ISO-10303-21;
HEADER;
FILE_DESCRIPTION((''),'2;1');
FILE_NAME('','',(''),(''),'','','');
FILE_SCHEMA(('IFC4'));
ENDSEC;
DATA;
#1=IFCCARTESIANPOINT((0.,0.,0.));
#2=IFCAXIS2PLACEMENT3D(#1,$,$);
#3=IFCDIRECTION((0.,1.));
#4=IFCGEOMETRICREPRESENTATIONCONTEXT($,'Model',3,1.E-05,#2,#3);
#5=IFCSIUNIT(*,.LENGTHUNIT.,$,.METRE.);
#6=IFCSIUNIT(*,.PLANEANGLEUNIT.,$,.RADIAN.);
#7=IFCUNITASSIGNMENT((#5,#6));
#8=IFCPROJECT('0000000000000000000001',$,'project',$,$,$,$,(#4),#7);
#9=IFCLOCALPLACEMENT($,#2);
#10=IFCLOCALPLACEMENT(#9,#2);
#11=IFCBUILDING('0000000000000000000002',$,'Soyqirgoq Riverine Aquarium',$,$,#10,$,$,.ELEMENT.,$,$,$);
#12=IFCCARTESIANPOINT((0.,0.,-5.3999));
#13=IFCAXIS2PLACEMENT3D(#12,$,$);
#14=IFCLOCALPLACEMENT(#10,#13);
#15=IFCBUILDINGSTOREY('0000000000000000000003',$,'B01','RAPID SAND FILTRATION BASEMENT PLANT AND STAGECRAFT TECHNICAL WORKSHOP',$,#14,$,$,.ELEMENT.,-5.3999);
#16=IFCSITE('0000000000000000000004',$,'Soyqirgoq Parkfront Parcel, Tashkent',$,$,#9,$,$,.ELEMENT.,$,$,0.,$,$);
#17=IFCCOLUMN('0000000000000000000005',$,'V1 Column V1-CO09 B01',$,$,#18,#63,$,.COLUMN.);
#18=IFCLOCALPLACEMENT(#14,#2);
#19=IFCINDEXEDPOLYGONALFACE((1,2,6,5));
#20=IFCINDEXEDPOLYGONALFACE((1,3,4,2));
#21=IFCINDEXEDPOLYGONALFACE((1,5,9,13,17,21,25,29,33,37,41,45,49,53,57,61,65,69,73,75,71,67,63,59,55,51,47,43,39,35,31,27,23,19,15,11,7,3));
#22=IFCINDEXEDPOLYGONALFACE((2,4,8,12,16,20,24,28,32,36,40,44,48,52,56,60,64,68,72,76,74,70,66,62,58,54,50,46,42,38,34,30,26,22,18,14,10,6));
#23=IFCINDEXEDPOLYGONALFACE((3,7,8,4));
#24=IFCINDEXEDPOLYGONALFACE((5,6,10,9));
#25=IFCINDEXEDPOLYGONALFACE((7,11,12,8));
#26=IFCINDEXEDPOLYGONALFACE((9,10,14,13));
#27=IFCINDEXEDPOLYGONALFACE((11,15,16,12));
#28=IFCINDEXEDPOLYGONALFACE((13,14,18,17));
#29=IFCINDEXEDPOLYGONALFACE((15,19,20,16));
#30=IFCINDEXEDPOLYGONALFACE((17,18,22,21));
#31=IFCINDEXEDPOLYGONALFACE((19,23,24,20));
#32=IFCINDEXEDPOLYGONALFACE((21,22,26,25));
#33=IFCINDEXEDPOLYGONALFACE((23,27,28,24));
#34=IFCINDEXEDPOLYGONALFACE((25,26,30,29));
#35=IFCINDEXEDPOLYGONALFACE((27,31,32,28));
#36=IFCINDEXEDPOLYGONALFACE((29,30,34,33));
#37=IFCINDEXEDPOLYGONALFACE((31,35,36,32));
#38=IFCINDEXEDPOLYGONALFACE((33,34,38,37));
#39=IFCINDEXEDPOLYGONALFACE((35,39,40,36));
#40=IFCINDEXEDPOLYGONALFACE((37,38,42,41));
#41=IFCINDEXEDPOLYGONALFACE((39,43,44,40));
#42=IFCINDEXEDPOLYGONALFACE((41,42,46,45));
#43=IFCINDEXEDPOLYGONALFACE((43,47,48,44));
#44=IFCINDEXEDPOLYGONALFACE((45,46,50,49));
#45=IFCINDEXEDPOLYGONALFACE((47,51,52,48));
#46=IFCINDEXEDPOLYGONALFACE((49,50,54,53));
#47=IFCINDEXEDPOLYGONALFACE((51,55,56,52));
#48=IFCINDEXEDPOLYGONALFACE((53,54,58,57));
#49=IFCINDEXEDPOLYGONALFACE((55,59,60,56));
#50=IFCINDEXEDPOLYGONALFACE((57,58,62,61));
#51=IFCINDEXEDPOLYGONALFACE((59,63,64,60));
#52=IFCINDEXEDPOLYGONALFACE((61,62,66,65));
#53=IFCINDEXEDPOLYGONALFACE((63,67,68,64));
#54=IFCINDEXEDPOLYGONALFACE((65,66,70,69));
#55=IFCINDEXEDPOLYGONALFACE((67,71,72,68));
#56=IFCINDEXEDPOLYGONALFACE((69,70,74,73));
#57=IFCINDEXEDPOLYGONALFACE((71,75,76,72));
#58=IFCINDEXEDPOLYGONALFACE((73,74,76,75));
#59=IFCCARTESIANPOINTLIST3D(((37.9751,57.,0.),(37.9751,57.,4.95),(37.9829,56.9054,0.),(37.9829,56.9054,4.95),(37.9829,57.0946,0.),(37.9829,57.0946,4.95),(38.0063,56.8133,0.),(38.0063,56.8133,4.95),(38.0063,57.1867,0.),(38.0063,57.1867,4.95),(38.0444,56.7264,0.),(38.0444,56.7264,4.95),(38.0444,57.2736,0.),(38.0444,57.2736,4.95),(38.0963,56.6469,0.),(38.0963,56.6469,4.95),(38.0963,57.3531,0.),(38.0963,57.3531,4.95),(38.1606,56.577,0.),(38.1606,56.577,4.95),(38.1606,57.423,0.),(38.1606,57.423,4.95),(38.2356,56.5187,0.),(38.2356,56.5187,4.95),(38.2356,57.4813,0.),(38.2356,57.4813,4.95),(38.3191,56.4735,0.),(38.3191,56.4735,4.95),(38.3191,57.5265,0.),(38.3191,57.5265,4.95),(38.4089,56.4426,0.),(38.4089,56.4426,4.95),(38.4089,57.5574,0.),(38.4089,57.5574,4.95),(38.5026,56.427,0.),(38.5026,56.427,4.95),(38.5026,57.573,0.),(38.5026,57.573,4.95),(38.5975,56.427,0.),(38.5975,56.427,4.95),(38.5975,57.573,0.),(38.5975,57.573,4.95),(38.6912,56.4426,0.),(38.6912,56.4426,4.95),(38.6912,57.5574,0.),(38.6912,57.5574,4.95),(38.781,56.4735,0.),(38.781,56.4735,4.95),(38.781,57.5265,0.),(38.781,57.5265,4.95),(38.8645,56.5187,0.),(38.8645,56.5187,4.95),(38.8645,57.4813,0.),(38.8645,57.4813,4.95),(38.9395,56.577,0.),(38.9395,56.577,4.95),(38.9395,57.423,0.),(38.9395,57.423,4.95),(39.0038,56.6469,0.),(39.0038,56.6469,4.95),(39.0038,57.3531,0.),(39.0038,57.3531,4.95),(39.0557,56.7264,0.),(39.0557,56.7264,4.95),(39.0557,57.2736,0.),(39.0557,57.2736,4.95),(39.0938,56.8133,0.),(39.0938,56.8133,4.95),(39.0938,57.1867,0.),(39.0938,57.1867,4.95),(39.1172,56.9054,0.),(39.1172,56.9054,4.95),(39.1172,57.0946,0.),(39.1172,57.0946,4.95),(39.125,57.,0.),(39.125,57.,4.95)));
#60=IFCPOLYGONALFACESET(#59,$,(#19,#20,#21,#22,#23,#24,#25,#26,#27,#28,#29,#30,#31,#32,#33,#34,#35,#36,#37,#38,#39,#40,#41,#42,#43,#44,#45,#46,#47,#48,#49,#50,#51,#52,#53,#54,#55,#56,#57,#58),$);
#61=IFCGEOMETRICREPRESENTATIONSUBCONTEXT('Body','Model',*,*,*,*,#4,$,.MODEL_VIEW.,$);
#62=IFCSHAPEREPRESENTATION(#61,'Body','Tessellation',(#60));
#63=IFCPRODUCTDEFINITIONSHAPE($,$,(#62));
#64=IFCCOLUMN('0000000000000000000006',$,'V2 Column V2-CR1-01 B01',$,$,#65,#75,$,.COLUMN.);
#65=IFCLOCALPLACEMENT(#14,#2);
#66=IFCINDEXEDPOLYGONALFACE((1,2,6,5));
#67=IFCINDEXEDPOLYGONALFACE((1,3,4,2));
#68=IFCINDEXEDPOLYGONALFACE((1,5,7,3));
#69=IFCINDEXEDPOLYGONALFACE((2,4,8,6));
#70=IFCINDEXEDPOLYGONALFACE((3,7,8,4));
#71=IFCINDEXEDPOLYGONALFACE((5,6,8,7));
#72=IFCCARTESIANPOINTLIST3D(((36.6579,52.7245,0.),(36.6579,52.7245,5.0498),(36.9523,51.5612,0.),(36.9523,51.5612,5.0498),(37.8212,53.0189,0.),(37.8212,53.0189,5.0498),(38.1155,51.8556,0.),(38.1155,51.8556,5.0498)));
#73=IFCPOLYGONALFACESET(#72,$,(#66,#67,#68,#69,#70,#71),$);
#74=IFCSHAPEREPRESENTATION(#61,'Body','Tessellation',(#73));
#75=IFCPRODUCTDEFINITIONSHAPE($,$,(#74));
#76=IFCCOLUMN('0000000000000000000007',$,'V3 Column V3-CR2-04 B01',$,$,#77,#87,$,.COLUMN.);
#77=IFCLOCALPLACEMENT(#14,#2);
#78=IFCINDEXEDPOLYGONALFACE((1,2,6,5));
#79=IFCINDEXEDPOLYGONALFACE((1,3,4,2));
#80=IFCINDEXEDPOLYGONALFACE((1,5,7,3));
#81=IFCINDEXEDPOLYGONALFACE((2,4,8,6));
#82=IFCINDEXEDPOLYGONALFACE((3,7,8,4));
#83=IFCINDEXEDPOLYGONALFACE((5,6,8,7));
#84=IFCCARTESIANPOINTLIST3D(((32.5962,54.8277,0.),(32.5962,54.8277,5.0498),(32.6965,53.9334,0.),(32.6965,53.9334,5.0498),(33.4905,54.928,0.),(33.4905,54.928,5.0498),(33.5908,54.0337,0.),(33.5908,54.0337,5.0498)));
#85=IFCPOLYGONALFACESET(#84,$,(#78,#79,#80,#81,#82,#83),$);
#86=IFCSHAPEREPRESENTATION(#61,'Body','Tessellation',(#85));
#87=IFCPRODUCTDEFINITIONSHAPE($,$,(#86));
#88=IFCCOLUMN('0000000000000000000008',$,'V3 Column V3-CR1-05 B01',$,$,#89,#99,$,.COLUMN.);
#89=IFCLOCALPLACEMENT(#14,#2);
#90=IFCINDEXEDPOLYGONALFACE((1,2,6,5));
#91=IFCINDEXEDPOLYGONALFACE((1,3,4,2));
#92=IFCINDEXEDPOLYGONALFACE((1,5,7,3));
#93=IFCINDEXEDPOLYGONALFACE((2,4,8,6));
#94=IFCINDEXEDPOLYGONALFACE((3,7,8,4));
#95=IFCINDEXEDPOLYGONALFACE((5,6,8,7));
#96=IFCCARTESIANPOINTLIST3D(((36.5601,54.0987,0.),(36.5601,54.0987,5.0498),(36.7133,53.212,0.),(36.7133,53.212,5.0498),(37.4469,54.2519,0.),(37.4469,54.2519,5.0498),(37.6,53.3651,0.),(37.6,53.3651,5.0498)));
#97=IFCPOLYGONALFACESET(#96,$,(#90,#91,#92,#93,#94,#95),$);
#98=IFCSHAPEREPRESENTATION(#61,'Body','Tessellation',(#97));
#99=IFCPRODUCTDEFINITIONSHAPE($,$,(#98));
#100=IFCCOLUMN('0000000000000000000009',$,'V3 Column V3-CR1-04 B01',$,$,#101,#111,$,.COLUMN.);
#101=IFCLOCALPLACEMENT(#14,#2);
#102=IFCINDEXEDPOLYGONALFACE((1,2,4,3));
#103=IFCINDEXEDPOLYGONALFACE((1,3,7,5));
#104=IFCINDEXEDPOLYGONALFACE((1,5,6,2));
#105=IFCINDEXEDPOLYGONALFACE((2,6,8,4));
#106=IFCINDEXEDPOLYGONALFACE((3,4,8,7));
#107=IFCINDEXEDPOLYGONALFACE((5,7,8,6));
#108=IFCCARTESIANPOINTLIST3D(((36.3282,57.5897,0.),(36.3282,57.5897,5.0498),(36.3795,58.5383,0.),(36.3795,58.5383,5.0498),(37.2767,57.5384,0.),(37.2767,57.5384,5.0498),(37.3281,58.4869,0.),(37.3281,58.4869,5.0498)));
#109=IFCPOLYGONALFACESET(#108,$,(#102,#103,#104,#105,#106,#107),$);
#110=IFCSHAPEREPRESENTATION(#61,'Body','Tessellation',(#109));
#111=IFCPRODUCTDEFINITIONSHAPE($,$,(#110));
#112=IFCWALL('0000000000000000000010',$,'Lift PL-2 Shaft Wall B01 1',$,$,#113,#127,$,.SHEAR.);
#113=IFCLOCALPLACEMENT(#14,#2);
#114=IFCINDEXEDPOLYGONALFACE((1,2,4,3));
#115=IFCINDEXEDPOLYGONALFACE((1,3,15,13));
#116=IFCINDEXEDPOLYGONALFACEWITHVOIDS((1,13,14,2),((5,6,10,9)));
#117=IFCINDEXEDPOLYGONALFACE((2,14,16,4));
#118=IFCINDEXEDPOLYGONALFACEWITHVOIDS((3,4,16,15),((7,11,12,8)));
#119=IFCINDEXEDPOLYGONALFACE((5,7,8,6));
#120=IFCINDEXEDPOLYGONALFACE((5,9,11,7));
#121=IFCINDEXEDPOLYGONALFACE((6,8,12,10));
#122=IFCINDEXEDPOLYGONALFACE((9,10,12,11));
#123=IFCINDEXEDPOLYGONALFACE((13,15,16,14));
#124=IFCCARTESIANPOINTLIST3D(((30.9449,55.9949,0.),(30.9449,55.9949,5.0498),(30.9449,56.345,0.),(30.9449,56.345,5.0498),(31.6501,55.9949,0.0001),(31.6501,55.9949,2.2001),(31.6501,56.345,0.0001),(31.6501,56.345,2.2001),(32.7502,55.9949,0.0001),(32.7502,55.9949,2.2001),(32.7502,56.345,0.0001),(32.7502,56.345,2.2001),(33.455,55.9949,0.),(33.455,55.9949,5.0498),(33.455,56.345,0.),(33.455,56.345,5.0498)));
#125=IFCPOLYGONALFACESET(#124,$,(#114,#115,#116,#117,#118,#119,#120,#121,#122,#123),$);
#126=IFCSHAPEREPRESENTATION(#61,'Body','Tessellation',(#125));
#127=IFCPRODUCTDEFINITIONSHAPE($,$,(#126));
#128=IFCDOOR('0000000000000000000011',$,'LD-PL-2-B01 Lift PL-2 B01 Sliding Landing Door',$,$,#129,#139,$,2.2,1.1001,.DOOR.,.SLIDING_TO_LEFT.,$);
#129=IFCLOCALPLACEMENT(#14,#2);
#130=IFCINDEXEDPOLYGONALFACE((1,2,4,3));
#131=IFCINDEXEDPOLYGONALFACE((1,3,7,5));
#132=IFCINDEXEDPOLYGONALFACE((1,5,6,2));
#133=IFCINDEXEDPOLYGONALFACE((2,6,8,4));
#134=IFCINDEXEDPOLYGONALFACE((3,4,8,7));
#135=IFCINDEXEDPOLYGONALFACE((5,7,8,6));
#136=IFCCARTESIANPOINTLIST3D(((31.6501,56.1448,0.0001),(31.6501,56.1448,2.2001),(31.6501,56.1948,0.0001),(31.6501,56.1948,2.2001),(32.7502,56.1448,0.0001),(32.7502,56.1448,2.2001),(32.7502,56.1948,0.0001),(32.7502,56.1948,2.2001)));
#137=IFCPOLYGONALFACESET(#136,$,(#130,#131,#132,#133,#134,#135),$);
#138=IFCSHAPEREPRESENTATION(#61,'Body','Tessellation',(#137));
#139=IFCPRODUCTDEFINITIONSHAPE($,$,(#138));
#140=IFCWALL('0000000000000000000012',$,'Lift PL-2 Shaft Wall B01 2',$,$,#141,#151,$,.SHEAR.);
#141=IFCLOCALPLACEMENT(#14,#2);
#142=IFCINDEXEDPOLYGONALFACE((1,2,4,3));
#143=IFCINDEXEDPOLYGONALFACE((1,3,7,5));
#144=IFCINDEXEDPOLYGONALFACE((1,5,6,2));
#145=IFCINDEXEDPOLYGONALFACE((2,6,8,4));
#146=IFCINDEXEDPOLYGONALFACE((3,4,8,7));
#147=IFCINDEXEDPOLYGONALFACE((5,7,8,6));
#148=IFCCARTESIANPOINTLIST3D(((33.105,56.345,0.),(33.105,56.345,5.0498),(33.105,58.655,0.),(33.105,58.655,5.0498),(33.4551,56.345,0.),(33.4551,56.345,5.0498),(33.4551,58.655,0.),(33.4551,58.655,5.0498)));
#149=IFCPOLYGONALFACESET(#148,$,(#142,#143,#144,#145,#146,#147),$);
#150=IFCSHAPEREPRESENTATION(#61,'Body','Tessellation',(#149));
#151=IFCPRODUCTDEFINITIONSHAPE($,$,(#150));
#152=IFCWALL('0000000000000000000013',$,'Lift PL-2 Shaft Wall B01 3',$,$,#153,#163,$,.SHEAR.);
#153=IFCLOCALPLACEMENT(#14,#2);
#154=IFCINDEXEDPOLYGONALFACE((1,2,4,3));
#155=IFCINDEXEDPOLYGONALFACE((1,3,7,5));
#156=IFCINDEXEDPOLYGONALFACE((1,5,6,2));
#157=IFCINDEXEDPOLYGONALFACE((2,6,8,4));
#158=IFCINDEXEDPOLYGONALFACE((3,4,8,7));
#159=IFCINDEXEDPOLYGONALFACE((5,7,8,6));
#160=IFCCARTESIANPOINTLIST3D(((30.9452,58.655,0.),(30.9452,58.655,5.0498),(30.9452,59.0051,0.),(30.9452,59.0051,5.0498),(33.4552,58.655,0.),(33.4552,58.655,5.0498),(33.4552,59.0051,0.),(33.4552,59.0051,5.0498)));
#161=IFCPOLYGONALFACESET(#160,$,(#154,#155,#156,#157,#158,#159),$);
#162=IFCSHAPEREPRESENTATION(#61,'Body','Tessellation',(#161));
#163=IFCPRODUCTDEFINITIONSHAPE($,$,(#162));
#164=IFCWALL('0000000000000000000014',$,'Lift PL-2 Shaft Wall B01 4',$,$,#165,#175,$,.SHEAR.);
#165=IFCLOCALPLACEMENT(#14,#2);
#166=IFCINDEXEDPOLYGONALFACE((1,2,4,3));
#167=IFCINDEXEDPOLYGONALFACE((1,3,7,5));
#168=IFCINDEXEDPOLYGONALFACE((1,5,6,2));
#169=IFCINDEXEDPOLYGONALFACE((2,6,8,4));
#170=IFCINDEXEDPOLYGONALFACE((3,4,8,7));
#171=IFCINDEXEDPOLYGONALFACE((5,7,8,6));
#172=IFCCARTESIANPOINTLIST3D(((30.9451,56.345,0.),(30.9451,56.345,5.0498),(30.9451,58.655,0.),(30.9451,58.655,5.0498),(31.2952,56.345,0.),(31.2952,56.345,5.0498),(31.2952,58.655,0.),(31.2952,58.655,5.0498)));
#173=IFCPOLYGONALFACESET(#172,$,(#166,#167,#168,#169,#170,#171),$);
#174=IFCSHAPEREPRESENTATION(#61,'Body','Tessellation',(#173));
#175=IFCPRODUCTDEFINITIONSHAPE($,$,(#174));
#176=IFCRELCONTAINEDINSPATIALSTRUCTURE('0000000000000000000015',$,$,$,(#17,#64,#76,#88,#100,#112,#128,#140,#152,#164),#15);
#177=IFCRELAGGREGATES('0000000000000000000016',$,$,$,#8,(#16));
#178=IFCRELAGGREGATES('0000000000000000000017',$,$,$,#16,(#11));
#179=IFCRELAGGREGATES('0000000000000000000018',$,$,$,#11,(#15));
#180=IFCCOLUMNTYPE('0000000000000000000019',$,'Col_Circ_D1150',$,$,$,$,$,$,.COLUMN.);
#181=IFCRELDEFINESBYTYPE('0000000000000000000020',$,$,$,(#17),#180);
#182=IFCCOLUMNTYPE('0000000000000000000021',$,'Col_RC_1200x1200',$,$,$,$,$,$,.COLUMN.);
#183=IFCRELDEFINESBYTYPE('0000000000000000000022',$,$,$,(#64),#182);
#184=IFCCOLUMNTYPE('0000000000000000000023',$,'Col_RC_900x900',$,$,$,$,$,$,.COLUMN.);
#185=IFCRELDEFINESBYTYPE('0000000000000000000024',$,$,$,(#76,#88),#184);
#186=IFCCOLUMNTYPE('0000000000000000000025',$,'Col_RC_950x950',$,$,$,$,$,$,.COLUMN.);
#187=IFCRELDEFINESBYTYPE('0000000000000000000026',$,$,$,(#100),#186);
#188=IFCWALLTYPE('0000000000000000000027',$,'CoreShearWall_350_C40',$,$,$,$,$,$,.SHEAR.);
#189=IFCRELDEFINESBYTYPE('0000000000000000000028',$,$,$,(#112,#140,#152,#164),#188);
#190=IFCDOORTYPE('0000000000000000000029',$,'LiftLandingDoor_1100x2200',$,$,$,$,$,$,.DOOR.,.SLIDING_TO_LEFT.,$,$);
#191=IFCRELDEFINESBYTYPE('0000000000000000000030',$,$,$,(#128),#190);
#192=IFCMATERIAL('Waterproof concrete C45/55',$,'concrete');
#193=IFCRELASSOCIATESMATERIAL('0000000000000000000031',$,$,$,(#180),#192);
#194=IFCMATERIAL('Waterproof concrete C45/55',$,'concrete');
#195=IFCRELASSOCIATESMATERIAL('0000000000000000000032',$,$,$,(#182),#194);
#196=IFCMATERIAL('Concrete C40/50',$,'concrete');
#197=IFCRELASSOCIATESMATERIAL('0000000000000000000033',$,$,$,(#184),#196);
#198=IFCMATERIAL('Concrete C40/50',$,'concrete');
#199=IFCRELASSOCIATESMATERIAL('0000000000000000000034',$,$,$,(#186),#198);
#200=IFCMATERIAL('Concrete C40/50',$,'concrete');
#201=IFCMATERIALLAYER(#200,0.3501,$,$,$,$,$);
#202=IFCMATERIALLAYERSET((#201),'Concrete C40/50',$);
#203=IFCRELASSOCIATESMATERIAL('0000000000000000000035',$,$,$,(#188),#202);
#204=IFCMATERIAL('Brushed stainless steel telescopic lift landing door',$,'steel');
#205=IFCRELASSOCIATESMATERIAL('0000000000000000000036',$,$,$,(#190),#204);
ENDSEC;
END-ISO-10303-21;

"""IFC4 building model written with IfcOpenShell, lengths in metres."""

from ifc_helpers import new_model, si_unit, direction, frame, frame_2d, origin, origin_2d, place, context, subcontext, project, spatial, rectangle, circle, extrude, material, layer, layer_set, material_profile, profile_set, type_object, element, fill, save


model = new_model("IFC4")

# Units and contexts
model_context = context("Model", 3, precision=1e-05, world=origin(), true_north=direction((0.0, 1.0)))
body_context = subcontext(model_context, "Body", "Model", "MODEL_VIEW")
ifc_project = project(units=[si_unit("LENGTHUNIT", "METRE"), si_unit("PLANEANGLEUNIT", "RADIAN")], contexts=[model_context])

# Site, building, storey
site_placement = place(None, origin())
site = spatial("IfcSite", under=ifc_project, at=site_placement, Name="Soyqirgoq Parkfront Parcel, Tashkent", CompositionType="ELEMENT", RefElevation=0.0)
building_placement = place(site_placement, origin())
building = spatial("IfcBuilding", under=site, at=building_placement, Name="Soyqirgoq Riverine Aquarium", CompositionType="ELEMENT")
storey_placement = place(building_placement, frame((0.0, 0.0, -5.3999)))
storey = spatial("IfcBuildingStorey", under=building, at=storey_placement, Name="B01", Description="RAPID SAND FILTRATION BASEMENT PLANT AND STAGECRAFT TECHNICAL WORKSHOP", CompositionType="ELEMENT", Elevation=-5.3999)

# Columns
ifc_material_1 = material(Name="Waterproof concrete C45/55", Category="concrete")
ifc_material_profile_1 = material_profile(ifc_material_1, circle(Radius=0.575, at=origin_2d()), Name="RC-COL D1150")
ifc_profile_set_1 = profile_set([ifc_material_profile_1], Name="Waterproof concrete C45/55")
column_type_1 = type_object("IfcColumnType", Name="Col_Circ_D1150", PredefinedType="COLUMN", material=ifc_profile_set_1)
column_1_placement = place(storey_placement, frame((38.55, 57.0, 0.0), z_axis=(0.0, 0.0, 1.0), x_axis=(-1.0, 0.0, 0.0)))
element("IfcColumn", 1, at=column_1_placement, inside=storey, type_object=column_type_1, Name="V1 Column V1-CO09 B01", PredefinedType="COLUMN", context=body_context, shape_type="SweptSolid", body=[
    extrude(circle(Radius=0.575, at=origin_2d()), origin(), (0.0, 0.0, 1.0), 4.95),
])
ifc_material_2 = material(Name="Waterproof concrete C45/55", Category="concrete")
ifc_material_profile_2 = material_profile(ifc_material_2, rectangle(XDim=1.2, YDim=1.2, at=origin_2d()), Name="RC 1200x1200")
ifc_profile_set_2 = profile_set([ifc_material_profile_2], Name="Waterproof concrete C45/55")
column_type_2 = type_object("IfcColumnType", Name="Col_RC_1200x1200", PredefinedType="COLUMN", material=ifc_profile_set_2)
column_2_placement = place(storey_placement, frame((37.3867, 52.29, 0.0), z_axis=(0.0, 0.0, 1.0), x_axis=(-0.969445, -0.245307, 0.0)))
element("IfcColumn", 2, at=column_2_placement, inside=storey, type_object=column_type_2, Name="V2 Column V2-CR1-01 B01", PredefinedType="COLUMN", context=body_context, shape_type="SweptSolid", body=[
    extrude(rectangle(XDim=1.2, YDim=1.2, at=origin_2d()), origin(), (0.0, 0.0, 1.0), 5.0498),
])
ifc_material_3 = material(Name="Concrete C40/50", Category="concrete")
ifc_material_profile_3 = material_profile(ifc_material_3, rectangle(XDim=0.8999, YDim=0.8999, at=origin_2d()), Name="RC 900x900")
ifc_profile_set_3 = profile_set([ifc_material_profile_3], Name="Concrete C40/50")
column_type_3 = type_object("IfcColumnType", Name="Col_RC_900x900", PredefinedType="COLUMN", material=ifc_profile_set_3)
for number, where, z_axis, x_axis, name in (
    (3, (33.0935, 54.4307, 0.0), (0.0, 0.0, 1.0), (-0.993768, -0.111469, 0.0), "V3 Column V3-CR2-04 B01"),
    (4, (37.0801, 53.7319, 0.0), (0.0, 0.0, 1.0), (-0.985408, -0.170209, 0.0), "V3 Column V3-CR1-05 B01"),
):
    element("IfcColumn", number, at=place(storey_placement, frame(where, z_axis=z_axis, x_axis=x_axis)), inside=storey, type_object=column_type_3, Name=name, PredefinedType="COLUMN", context=body_context, shape_type="SweptSolid", body=[
        extrude(rectangle(XDim=0.8999, YDim=0.8999, at=origin_2d()), origin(), (0.0, 0.0, 1.0), 5.0498),
    ])
ifc_material_4 = material(Name="Concrete C40/50", Category="concrete")
ifc_material_profile_4 = material_profile(ifc_material_4, rectangle(XDim=0.95, YDim=0.95, at=origin_2d()), Name="RC 950x950")
ifc_profile_set_4 = profile_set([ifc_material_profile_4], Name="Concrete C40/50")
column_type_4 = type_object("IfcColumnType", Name="Col_RC_950x950", PredefinedType="COLUMN", material=ifc_profile_set_4)
column_3_placement = place(storey_placement, frame((36.8281, 58.0383, 0.0), z_axis=(0.0, 0.0, 1.0), x_axis=(-0.998537, 0.054079, 0.0)))
element("IfcColumn", 5, at=column_3_placement, inside=storey, type_object=column_type_4, Name="V3 Column V3-CR1-04 B01", PredefinedType="COLUMN", context=body_context, shape_type="SweptSolid", body=[
    extrude(rectangle(XDim=0.95, YDim=0.95, at=origin_2d()), origin(), (0.0, 0.0, 1.0), 5.0498),
])

# Wall, opening, door
ifc_material_5 = material(Name="Concrete C40/50", Category="concrete")
ifc_layer_1 = layer(ifc_material_5, 0.3501)
ifc_layer_set_1 = layer_set([ifc_layer_1], Name="Concrete C40/50")
wall_type_1 = type_object("IfcWallType", Name="CoreShearWall_350_C40", PredefinedType="SHEAR", material=ifc_layer_set_1)
wall_1_placement = place(storey_placement, frame((30.9451, 56.1699, 0.0), z_axis=(0.0, 0.0, 1.0), x_axis=(1.0, 0.0, 0.0)))
wall_1 = element("IfcWall", 6, at=wall_1_placement, inside=storey, type_object=wall_type_1, Name="Lift PL-2 Shaft Wall B01 1", PredefinedType="SHEAR", context=body_context, shape_type="SweptSolid", body=[
    extrude(rectangle(XDim=2.51, YDim=0.3501, at=frame_2d((1.2549, 0.0))), origin(), (0.0, 0.0, 1.0), 5.0498),
])
opening_1_placement = place(wall_1_placement, frame((0.7051, 0.0, 0.0)))
opening_1 = element("IfcOpeningElement", 7, at=opening_1_placement, cuts=wall_1, PredefinedType="OPENING", context=body_context, shape_type="SweptSolid", body=[
    extrude(rectangle(XDim=1.1001, YDim=2.2, at=frame_2d((0.55, 1.1001))), frame((0.0, 0.1851, 0.0), z_axis=(0.0, -1.0, 0.0), x_axis=(1.0, 0.0, 0.0)), (0.0, 0.0, 1.0), 0.3701),
])
ifc_material_6 = material(Name="Brushed stainless steel telescopic lift landing door", Category="steel")
door_type_1 = type_object("IfcDoorType", Name="LiftLandingDoor_1100x2200", OperationType="SLIDING_TO_LEFT", PredefinedType="DOOR", material=ifc_material_6)
door_1_placement = place(opening_1_placement, origin())
door_1 = element("IfcDoor", 8, at=door_1_placement, inside=storey, type_object=door_type_1, Name="LD-PL-2-B01 Lift PL-2 B01 Sliding Landing Door", OperationType="SLIDING_TO_LEFT", OverallHeight=2.2, OverallWidth=1.1001, PredefinedType="DOOR", context=body_context, shape_type="SweptSolid", body=[
    extrude(rectangle(XDim=1.1001, YDim=2.2, at=frame_2d((0.55, 1.1001))), frame((0.0, 0.0249, 0.0), z_axis=(0.0, -1.0, 0.0), x_axis=(1.0, 0.0, 0.0)), (0.0, 0.0, 1.0), 0.05),
])
fill(opening_1, door_1)

# Walls
wall_2_placement = place(storey_placement, frame((33.28, 56.345, 0.0), z_axis=(0.0, 0.0, 1.0), x_axis=(0.0, 1.0, 0.0)))
element("IfcWall", 9, at=wall_2_placement, inside=storey, type_object=wall_type_1, Name="Lift PL-2 Shaft Wall B01 2", PredefinedType="SHEAR", context=body_context, shape_type="SweptSolid", body=[
    extrude(rectangle(XDim=2.3101, YDim=0.3501, at=frame_2d((1.155, 0.0))), origin(), (0.0, 0.0, 1.0), 5.0498),
])
wall_3_placement = place(storey_placement, frame((33.4551, 58.8301, 0.0), z_axis=(0.0, 0.0, 1.0), x_axis=(-1.0, 0.0, 0.0)))
element("IfcWall", 10, at=wall_3_placement, inside=storey, type_object=wall_type_1, Name="Lift PL-2 Shaft Wall B01 3", PredefinedType="SHEAR", context=body_context, shape_type="SweptSolid", body=[
    extrude(rectangle(XDim=2.51, YDim=0.3501, at=frame_2d((1.2549, 0.0))), origin(), (0.0, 0.0, 1.0), 5.0498),
])
wall_4_placement = place(storey_placement, frame((31.1201, 58.655, 0.0), z_axis=(0.0, 0.0, 1.0), x_axis=(0.0, -1.0, 0.0)))
element("IfcWall", 11, at=wall_4_placement, inside=storey, type_object=wall_type_1, Name="Lift PL-2 Shaft Wall B01 4", PredefinedType="SHEAR", context=body_context, shape_type="SweptSolid", body=[
    extrude(rectangle(XDim=2.3101, YDim=0.3501, at=frame_2d((1.155, 0.0))), origin(), (0.0, 0.0, 1.0), 5.0498),
])

save(model, "model.ifc")
